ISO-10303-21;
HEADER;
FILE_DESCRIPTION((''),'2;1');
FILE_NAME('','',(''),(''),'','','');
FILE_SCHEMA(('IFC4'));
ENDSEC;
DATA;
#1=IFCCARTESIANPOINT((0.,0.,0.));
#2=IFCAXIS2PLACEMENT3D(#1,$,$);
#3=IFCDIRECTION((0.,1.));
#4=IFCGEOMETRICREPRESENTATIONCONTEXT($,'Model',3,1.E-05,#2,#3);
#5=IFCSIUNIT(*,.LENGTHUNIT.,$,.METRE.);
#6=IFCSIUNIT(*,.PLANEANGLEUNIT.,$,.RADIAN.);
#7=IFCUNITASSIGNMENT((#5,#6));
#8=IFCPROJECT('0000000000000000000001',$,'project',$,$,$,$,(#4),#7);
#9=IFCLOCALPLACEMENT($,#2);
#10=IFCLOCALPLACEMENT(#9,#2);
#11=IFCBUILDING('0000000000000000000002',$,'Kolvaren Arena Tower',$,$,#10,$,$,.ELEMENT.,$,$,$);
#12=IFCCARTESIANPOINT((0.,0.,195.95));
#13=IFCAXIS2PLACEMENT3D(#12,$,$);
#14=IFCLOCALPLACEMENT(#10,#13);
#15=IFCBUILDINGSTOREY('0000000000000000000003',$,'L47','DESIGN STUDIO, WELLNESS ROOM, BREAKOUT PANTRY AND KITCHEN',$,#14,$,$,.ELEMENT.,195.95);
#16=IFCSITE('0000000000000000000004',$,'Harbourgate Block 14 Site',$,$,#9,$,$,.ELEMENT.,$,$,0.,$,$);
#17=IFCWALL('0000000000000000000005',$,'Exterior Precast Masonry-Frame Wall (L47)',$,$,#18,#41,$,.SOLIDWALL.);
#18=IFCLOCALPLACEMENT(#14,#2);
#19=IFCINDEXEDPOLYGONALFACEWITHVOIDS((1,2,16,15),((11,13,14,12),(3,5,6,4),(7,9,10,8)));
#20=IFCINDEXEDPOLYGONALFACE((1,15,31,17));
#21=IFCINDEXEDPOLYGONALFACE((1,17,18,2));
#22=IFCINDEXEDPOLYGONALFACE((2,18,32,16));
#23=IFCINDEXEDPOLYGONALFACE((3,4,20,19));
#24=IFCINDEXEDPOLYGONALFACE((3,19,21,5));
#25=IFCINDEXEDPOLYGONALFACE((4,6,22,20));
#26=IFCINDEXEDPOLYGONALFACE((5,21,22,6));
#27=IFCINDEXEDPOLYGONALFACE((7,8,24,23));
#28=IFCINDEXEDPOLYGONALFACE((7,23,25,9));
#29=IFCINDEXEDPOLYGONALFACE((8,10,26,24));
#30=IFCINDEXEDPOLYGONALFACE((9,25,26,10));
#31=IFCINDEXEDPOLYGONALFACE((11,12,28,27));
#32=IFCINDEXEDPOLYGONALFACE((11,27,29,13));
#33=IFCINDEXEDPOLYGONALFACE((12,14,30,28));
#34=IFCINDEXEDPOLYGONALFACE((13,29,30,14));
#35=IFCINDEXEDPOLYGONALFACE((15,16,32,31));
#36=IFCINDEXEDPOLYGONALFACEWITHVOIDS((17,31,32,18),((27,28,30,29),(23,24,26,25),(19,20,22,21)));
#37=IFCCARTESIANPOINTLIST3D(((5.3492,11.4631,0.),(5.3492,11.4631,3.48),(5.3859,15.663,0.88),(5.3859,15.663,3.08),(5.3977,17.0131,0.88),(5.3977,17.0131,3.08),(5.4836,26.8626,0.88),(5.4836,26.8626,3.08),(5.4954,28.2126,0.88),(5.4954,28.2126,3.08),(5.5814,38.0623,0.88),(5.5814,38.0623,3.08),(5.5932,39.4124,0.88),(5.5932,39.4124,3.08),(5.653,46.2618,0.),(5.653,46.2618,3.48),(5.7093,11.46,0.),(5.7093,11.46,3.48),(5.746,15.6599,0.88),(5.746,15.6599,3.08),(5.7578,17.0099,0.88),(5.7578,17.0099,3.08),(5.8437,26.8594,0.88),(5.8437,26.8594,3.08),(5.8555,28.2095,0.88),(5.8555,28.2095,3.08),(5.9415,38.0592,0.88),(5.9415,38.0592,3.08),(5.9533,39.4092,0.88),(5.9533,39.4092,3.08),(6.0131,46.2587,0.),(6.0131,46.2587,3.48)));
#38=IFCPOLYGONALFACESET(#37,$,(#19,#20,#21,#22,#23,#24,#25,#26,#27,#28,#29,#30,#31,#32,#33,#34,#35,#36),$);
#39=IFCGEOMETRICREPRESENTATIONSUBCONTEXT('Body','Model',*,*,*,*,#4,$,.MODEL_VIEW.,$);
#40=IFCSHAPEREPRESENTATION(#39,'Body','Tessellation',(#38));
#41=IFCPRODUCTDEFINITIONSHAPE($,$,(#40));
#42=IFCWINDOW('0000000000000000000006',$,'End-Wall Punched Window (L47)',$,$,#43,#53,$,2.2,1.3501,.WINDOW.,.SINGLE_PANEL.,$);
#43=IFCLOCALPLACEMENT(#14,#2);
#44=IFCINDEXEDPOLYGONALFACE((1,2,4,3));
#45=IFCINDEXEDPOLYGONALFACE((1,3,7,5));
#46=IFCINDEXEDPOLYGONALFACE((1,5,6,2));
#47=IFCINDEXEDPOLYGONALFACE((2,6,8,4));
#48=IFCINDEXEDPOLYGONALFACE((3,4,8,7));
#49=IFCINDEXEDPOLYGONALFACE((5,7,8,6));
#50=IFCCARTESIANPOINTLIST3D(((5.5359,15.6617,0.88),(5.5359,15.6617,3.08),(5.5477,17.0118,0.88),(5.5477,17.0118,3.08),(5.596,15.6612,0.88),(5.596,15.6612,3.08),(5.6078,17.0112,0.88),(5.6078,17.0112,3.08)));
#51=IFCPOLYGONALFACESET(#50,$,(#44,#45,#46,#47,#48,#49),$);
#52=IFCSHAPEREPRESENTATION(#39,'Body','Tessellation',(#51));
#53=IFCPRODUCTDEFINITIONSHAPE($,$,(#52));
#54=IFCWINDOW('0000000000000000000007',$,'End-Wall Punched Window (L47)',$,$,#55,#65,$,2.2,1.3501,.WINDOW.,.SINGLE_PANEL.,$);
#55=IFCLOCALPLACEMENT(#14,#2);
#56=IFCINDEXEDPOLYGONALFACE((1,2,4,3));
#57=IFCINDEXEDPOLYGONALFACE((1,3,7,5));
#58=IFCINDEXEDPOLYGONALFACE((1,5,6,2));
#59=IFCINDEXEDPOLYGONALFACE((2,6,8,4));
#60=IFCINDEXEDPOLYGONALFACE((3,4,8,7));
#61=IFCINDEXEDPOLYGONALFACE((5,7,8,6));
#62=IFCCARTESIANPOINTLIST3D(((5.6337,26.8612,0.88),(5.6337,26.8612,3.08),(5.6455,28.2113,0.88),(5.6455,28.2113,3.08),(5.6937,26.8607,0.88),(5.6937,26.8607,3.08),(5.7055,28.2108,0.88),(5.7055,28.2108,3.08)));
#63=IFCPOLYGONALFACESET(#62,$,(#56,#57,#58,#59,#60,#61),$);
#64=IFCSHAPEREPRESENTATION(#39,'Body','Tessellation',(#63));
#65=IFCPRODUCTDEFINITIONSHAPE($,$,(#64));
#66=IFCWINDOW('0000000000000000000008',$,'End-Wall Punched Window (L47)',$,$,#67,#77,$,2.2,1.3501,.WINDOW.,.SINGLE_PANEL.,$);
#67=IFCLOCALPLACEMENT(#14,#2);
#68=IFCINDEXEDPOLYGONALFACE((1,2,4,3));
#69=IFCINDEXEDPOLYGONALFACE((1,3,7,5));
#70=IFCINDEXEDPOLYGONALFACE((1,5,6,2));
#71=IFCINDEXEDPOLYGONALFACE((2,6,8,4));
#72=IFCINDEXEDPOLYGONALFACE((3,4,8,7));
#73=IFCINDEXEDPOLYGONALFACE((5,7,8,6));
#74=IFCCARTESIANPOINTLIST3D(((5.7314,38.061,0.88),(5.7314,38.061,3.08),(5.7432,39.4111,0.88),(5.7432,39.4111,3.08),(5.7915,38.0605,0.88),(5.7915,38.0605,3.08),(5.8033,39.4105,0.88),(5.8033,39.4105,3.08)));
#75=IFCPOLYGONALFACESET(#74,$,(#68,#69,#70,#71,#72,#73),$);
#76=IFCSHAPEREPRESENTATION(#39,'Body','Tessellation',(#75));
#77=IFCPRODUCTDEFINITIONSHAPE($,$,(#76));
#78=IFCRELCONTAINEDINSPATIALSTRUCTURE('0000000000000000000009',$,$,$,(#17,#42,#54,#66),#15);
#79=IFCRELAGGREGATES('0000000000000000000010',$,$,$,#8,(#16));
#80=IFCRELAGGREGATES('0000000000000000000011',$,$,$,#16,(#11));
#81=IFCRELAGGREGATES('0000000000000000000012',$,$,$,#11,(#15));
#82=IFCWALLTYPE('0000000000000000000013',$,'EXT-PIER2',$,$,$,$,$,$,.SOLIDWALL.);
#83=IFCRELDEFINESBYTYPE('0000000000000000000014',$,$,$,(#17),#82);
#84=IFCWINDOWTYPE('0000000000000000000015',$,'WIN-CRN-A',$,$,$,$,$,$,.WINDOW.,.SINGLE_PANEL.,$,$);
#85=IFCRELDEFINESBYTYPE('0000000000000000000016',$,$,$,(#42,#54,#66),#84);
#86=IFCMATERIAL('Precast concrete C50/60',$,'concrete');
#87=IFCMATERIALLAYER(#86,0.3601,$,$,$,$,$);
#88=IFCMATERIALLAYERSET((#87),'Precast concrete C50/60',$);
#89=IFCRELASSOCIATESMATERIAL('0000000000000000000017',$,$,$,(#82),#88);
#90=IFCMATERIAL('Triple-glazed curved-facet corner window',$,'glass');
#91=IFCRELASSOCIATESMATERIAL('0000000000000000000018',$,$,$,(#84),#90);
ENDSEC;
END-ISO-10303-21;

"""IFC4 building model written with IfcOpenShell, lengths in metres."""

from ifc_helpers import new_model, si_unit, direction, frame, frame_2d, origin, place, context, subcontext, project, spatial, rectangle, extrude, material, layer, layer_set, type_object, element, fill, save


model = new_model("IFC4")

# Units and contexts
model_context = context("Model", 3, precision=1e-05, world=origin(), true_north=direction((0.0, 1.0)))
body_context = subcontext(model_context, "Body", "Model", "MODEL_VIEW")
ifc_project = project(units=[si_unit("LENGTHUNIT", "METRE"), si_unit("PLANEANGLEUNIT", "RADIAN")], contexts=[model_context])

# Site, building, storey
site_placement = place(None, origin())
site = spatial("IfcSite", under=ifc_project, at=site_placement, Name="Harbourgate Block 14 Site", CompositionType="ELEMENT", RefElevation=0.0)
building_placement = place(site_placement, origin())
building = spatial("IfcBuilding", under=site, at=building_placement, Name="Kolvaren Arena Tower", CompositionType="ELEMENT")
storey_placement = place(building_placement, frame((0.0, 0.0, 195.95)))
storey = spatial("IfcBuildingStorey", under=building, at=storey_placement, Name="L47", Description="DESIGN STUDIO, WELLNESS ROOM, BREAKOUT PANTRY AND KITCHEN", CompositionType="ELEMENT", Elevation=195.95)

# Wall, openings, windows
ifc_material_1 = material(Name="Precast concrete C50/60", Category="concrete")
ifc_layer_1 = layer(ifc_material_1, 0.3601)
ifc_layer_set_1 = layer_set([ifc_layer_1], Name="Precast concrete C50/60")
wall_type_1 = type_object("IfcWallType", Name="EXT-PIER2", PredefinedType="SOLIDWALL", material=ifc_layer_set_1)
wall_1_placement = place(storey_placement, frame((5.5293, 11.4617, 0.0), z_axis=(0.0, 0.0, 1.0), x_axis=(0.008727, 0.999962, 0.0)))
wall_1 = element("IfcWall", 1, at=wall_1_placement, inside=storey, type_object=wall_type_1, Name="Exterior Precast Masonry-Frame Wall (L47)", PredefinedType="SOLIDWALL", context=body_context, shape_type="SweptSolid", body=[
    extrude(rectangle(XDim=34.8, YDim=0.3601, at=frame_2d((17.3999, 0.0))), origin(), (0.0, 0.0, 1.0), 3.48),
])
opening_1_placement = place(wall_1_placement, frame((4.2, 0.0, 0.8799)))
opening_1 = element("IfcOpeningElement", 2, at=opening_1_placement, cuts=wall_1, PredefinedType="OPENING", context=body_context, shape_type="SweptSolid", body=[
    extrude(rectangle(XDim=1.3501, YDim=2.2, at=frame_2d((0.675, 1.1001))), frame((0.0, 0.1899, 0.0), z_axis=(0.0, -1.0, 0.0), x_axis=(1.0, 0.0, 0.0)), (0.0, 0.0, 1.0), 0.3801),
])
opening_2_placement = place(wall_1_placement, frame((15.3999, 0.0, 0.8799)))
opening_2 = element("IfcOpeningElement", 3, at=opening_2_placement, cuts=wall_1, PredefinedType="OPENING", context=body_context, shape_type="SweptSolid", body=[
    extrude(rectangle(XDim=1.3501, YDim=2.2, at=frame_2d((0.675, 1.1001))), frame((0.0, 0.1899, 0.0), z_axis=(0.0, -1.0, 0.0), x_axis=(1.0, 0.0, 0.0)), (0.0, 0.0, 1.0), 0.3801),
])
opening_3_placement = place(wall_1_placement, frame((26.6001, 0.0, 0.8799)))
opening_3 = element("IfcOpeningElement", 4, at=opening_3_placement, cuts=wall_1, PredefinedType="OPENING", context=body_context, shape_type="SweptSolid", body=[
    extrude(rectangle(XDim=1.3501, YDim=2.2, at=frame_2d((0.675, 1.1001))), frame((0.0, 0.1899, 0.0), z_axis=(0.0, -1.0, 0.0), x_axis=(1.0, 0.0, 0.0)), (0.0, 0.0, 1.0), 0.3801),
])
ifc_material_2 = material(Name="Triple-glazed curved-facet corner window", Category="glass")
window_type = type_object("IfcWindowType", Name="WIN-CRN-A", PartitioningType="SINGLE_PANEL", PredefinedType="WINDOW", material=ifc_material_2)
window_1_placement = place(opening_1_placement, origin())
window_1 = element("IfcWindow", 5, at=window_1_placement, inside=storey, type_object=window_type, Name="End-Wall Punched Window (L47)", OverallHeight=2.2, OverallWidth=1.3501, PartitioningType="SINGLE_PANEL", PredefinedType="WINDOW", context=body_context, shape_type="SweptSolid", body=[
    extrude(rectangle(XDim=1.3501, YDim=2.2, at=frame_2d((0.675, 1.1001))), frame((0.0, 0.03, 0.0), z_axis=(0.0, -1.0, 0.0), x_axis=(1.0, 0.0, 0.0)), (0.0, 0.0, 1.0), 0.0601),
])
fill(opening_1, window_1)
window_2_placement = place(opening_2_placement, origin())
window_2 = element("IfcWindow", 6, at=window_2_placement, inside=storey, type_object=window_type, Name="End-Wall Punched Window (L47)", OverallHeight=2.2, OverallWidth=1.3501, PartitioningType="SINGLE_PANEL", PredefinedType="WINDOW", context=body_context, shape_type="SweptSolid", body=[
    extrude(rectangle(XDim=1.3501, YDim=2.2, at=frame_2d((0.675, 1.1001))), frame((0.0, 0.03, 0.0), z_axis=(0.0, -1.0, 0.0), x_axis=(1.0, 0.0, 0.0)), (0.0, 0.0, 1.0), 0.0601),
])
fill(opening_2, window_2)
window_3_placement = place(opening_3_placement, origin())
window_3 = element("IfcWindow", 7, at=window_3_placement, inside=storey, type_object=window_type, Name="End-Wall Punched Window (L47)", OverallHeight=2.2, OverallWidth=1.3501, PartitioningType="SINGLE_PANEL", PredefinedType="WINDOW", context=body_context, shape_type="SweptSolid", body=[
    extrude(rectangle(XDim=1.3501, YDim=2.2, at=frame_2d((0.675, 1.1001))), frame((0.0, 0.03, 0.0), z_axis=(0.0, -1.0, 0.0), x_axis=(1.0, 0.0, 0.0)), (0.0, 0.0, 1.0), 0.0601),
])
fill(opening_3, window_3)

save(model, "model.ifc")
